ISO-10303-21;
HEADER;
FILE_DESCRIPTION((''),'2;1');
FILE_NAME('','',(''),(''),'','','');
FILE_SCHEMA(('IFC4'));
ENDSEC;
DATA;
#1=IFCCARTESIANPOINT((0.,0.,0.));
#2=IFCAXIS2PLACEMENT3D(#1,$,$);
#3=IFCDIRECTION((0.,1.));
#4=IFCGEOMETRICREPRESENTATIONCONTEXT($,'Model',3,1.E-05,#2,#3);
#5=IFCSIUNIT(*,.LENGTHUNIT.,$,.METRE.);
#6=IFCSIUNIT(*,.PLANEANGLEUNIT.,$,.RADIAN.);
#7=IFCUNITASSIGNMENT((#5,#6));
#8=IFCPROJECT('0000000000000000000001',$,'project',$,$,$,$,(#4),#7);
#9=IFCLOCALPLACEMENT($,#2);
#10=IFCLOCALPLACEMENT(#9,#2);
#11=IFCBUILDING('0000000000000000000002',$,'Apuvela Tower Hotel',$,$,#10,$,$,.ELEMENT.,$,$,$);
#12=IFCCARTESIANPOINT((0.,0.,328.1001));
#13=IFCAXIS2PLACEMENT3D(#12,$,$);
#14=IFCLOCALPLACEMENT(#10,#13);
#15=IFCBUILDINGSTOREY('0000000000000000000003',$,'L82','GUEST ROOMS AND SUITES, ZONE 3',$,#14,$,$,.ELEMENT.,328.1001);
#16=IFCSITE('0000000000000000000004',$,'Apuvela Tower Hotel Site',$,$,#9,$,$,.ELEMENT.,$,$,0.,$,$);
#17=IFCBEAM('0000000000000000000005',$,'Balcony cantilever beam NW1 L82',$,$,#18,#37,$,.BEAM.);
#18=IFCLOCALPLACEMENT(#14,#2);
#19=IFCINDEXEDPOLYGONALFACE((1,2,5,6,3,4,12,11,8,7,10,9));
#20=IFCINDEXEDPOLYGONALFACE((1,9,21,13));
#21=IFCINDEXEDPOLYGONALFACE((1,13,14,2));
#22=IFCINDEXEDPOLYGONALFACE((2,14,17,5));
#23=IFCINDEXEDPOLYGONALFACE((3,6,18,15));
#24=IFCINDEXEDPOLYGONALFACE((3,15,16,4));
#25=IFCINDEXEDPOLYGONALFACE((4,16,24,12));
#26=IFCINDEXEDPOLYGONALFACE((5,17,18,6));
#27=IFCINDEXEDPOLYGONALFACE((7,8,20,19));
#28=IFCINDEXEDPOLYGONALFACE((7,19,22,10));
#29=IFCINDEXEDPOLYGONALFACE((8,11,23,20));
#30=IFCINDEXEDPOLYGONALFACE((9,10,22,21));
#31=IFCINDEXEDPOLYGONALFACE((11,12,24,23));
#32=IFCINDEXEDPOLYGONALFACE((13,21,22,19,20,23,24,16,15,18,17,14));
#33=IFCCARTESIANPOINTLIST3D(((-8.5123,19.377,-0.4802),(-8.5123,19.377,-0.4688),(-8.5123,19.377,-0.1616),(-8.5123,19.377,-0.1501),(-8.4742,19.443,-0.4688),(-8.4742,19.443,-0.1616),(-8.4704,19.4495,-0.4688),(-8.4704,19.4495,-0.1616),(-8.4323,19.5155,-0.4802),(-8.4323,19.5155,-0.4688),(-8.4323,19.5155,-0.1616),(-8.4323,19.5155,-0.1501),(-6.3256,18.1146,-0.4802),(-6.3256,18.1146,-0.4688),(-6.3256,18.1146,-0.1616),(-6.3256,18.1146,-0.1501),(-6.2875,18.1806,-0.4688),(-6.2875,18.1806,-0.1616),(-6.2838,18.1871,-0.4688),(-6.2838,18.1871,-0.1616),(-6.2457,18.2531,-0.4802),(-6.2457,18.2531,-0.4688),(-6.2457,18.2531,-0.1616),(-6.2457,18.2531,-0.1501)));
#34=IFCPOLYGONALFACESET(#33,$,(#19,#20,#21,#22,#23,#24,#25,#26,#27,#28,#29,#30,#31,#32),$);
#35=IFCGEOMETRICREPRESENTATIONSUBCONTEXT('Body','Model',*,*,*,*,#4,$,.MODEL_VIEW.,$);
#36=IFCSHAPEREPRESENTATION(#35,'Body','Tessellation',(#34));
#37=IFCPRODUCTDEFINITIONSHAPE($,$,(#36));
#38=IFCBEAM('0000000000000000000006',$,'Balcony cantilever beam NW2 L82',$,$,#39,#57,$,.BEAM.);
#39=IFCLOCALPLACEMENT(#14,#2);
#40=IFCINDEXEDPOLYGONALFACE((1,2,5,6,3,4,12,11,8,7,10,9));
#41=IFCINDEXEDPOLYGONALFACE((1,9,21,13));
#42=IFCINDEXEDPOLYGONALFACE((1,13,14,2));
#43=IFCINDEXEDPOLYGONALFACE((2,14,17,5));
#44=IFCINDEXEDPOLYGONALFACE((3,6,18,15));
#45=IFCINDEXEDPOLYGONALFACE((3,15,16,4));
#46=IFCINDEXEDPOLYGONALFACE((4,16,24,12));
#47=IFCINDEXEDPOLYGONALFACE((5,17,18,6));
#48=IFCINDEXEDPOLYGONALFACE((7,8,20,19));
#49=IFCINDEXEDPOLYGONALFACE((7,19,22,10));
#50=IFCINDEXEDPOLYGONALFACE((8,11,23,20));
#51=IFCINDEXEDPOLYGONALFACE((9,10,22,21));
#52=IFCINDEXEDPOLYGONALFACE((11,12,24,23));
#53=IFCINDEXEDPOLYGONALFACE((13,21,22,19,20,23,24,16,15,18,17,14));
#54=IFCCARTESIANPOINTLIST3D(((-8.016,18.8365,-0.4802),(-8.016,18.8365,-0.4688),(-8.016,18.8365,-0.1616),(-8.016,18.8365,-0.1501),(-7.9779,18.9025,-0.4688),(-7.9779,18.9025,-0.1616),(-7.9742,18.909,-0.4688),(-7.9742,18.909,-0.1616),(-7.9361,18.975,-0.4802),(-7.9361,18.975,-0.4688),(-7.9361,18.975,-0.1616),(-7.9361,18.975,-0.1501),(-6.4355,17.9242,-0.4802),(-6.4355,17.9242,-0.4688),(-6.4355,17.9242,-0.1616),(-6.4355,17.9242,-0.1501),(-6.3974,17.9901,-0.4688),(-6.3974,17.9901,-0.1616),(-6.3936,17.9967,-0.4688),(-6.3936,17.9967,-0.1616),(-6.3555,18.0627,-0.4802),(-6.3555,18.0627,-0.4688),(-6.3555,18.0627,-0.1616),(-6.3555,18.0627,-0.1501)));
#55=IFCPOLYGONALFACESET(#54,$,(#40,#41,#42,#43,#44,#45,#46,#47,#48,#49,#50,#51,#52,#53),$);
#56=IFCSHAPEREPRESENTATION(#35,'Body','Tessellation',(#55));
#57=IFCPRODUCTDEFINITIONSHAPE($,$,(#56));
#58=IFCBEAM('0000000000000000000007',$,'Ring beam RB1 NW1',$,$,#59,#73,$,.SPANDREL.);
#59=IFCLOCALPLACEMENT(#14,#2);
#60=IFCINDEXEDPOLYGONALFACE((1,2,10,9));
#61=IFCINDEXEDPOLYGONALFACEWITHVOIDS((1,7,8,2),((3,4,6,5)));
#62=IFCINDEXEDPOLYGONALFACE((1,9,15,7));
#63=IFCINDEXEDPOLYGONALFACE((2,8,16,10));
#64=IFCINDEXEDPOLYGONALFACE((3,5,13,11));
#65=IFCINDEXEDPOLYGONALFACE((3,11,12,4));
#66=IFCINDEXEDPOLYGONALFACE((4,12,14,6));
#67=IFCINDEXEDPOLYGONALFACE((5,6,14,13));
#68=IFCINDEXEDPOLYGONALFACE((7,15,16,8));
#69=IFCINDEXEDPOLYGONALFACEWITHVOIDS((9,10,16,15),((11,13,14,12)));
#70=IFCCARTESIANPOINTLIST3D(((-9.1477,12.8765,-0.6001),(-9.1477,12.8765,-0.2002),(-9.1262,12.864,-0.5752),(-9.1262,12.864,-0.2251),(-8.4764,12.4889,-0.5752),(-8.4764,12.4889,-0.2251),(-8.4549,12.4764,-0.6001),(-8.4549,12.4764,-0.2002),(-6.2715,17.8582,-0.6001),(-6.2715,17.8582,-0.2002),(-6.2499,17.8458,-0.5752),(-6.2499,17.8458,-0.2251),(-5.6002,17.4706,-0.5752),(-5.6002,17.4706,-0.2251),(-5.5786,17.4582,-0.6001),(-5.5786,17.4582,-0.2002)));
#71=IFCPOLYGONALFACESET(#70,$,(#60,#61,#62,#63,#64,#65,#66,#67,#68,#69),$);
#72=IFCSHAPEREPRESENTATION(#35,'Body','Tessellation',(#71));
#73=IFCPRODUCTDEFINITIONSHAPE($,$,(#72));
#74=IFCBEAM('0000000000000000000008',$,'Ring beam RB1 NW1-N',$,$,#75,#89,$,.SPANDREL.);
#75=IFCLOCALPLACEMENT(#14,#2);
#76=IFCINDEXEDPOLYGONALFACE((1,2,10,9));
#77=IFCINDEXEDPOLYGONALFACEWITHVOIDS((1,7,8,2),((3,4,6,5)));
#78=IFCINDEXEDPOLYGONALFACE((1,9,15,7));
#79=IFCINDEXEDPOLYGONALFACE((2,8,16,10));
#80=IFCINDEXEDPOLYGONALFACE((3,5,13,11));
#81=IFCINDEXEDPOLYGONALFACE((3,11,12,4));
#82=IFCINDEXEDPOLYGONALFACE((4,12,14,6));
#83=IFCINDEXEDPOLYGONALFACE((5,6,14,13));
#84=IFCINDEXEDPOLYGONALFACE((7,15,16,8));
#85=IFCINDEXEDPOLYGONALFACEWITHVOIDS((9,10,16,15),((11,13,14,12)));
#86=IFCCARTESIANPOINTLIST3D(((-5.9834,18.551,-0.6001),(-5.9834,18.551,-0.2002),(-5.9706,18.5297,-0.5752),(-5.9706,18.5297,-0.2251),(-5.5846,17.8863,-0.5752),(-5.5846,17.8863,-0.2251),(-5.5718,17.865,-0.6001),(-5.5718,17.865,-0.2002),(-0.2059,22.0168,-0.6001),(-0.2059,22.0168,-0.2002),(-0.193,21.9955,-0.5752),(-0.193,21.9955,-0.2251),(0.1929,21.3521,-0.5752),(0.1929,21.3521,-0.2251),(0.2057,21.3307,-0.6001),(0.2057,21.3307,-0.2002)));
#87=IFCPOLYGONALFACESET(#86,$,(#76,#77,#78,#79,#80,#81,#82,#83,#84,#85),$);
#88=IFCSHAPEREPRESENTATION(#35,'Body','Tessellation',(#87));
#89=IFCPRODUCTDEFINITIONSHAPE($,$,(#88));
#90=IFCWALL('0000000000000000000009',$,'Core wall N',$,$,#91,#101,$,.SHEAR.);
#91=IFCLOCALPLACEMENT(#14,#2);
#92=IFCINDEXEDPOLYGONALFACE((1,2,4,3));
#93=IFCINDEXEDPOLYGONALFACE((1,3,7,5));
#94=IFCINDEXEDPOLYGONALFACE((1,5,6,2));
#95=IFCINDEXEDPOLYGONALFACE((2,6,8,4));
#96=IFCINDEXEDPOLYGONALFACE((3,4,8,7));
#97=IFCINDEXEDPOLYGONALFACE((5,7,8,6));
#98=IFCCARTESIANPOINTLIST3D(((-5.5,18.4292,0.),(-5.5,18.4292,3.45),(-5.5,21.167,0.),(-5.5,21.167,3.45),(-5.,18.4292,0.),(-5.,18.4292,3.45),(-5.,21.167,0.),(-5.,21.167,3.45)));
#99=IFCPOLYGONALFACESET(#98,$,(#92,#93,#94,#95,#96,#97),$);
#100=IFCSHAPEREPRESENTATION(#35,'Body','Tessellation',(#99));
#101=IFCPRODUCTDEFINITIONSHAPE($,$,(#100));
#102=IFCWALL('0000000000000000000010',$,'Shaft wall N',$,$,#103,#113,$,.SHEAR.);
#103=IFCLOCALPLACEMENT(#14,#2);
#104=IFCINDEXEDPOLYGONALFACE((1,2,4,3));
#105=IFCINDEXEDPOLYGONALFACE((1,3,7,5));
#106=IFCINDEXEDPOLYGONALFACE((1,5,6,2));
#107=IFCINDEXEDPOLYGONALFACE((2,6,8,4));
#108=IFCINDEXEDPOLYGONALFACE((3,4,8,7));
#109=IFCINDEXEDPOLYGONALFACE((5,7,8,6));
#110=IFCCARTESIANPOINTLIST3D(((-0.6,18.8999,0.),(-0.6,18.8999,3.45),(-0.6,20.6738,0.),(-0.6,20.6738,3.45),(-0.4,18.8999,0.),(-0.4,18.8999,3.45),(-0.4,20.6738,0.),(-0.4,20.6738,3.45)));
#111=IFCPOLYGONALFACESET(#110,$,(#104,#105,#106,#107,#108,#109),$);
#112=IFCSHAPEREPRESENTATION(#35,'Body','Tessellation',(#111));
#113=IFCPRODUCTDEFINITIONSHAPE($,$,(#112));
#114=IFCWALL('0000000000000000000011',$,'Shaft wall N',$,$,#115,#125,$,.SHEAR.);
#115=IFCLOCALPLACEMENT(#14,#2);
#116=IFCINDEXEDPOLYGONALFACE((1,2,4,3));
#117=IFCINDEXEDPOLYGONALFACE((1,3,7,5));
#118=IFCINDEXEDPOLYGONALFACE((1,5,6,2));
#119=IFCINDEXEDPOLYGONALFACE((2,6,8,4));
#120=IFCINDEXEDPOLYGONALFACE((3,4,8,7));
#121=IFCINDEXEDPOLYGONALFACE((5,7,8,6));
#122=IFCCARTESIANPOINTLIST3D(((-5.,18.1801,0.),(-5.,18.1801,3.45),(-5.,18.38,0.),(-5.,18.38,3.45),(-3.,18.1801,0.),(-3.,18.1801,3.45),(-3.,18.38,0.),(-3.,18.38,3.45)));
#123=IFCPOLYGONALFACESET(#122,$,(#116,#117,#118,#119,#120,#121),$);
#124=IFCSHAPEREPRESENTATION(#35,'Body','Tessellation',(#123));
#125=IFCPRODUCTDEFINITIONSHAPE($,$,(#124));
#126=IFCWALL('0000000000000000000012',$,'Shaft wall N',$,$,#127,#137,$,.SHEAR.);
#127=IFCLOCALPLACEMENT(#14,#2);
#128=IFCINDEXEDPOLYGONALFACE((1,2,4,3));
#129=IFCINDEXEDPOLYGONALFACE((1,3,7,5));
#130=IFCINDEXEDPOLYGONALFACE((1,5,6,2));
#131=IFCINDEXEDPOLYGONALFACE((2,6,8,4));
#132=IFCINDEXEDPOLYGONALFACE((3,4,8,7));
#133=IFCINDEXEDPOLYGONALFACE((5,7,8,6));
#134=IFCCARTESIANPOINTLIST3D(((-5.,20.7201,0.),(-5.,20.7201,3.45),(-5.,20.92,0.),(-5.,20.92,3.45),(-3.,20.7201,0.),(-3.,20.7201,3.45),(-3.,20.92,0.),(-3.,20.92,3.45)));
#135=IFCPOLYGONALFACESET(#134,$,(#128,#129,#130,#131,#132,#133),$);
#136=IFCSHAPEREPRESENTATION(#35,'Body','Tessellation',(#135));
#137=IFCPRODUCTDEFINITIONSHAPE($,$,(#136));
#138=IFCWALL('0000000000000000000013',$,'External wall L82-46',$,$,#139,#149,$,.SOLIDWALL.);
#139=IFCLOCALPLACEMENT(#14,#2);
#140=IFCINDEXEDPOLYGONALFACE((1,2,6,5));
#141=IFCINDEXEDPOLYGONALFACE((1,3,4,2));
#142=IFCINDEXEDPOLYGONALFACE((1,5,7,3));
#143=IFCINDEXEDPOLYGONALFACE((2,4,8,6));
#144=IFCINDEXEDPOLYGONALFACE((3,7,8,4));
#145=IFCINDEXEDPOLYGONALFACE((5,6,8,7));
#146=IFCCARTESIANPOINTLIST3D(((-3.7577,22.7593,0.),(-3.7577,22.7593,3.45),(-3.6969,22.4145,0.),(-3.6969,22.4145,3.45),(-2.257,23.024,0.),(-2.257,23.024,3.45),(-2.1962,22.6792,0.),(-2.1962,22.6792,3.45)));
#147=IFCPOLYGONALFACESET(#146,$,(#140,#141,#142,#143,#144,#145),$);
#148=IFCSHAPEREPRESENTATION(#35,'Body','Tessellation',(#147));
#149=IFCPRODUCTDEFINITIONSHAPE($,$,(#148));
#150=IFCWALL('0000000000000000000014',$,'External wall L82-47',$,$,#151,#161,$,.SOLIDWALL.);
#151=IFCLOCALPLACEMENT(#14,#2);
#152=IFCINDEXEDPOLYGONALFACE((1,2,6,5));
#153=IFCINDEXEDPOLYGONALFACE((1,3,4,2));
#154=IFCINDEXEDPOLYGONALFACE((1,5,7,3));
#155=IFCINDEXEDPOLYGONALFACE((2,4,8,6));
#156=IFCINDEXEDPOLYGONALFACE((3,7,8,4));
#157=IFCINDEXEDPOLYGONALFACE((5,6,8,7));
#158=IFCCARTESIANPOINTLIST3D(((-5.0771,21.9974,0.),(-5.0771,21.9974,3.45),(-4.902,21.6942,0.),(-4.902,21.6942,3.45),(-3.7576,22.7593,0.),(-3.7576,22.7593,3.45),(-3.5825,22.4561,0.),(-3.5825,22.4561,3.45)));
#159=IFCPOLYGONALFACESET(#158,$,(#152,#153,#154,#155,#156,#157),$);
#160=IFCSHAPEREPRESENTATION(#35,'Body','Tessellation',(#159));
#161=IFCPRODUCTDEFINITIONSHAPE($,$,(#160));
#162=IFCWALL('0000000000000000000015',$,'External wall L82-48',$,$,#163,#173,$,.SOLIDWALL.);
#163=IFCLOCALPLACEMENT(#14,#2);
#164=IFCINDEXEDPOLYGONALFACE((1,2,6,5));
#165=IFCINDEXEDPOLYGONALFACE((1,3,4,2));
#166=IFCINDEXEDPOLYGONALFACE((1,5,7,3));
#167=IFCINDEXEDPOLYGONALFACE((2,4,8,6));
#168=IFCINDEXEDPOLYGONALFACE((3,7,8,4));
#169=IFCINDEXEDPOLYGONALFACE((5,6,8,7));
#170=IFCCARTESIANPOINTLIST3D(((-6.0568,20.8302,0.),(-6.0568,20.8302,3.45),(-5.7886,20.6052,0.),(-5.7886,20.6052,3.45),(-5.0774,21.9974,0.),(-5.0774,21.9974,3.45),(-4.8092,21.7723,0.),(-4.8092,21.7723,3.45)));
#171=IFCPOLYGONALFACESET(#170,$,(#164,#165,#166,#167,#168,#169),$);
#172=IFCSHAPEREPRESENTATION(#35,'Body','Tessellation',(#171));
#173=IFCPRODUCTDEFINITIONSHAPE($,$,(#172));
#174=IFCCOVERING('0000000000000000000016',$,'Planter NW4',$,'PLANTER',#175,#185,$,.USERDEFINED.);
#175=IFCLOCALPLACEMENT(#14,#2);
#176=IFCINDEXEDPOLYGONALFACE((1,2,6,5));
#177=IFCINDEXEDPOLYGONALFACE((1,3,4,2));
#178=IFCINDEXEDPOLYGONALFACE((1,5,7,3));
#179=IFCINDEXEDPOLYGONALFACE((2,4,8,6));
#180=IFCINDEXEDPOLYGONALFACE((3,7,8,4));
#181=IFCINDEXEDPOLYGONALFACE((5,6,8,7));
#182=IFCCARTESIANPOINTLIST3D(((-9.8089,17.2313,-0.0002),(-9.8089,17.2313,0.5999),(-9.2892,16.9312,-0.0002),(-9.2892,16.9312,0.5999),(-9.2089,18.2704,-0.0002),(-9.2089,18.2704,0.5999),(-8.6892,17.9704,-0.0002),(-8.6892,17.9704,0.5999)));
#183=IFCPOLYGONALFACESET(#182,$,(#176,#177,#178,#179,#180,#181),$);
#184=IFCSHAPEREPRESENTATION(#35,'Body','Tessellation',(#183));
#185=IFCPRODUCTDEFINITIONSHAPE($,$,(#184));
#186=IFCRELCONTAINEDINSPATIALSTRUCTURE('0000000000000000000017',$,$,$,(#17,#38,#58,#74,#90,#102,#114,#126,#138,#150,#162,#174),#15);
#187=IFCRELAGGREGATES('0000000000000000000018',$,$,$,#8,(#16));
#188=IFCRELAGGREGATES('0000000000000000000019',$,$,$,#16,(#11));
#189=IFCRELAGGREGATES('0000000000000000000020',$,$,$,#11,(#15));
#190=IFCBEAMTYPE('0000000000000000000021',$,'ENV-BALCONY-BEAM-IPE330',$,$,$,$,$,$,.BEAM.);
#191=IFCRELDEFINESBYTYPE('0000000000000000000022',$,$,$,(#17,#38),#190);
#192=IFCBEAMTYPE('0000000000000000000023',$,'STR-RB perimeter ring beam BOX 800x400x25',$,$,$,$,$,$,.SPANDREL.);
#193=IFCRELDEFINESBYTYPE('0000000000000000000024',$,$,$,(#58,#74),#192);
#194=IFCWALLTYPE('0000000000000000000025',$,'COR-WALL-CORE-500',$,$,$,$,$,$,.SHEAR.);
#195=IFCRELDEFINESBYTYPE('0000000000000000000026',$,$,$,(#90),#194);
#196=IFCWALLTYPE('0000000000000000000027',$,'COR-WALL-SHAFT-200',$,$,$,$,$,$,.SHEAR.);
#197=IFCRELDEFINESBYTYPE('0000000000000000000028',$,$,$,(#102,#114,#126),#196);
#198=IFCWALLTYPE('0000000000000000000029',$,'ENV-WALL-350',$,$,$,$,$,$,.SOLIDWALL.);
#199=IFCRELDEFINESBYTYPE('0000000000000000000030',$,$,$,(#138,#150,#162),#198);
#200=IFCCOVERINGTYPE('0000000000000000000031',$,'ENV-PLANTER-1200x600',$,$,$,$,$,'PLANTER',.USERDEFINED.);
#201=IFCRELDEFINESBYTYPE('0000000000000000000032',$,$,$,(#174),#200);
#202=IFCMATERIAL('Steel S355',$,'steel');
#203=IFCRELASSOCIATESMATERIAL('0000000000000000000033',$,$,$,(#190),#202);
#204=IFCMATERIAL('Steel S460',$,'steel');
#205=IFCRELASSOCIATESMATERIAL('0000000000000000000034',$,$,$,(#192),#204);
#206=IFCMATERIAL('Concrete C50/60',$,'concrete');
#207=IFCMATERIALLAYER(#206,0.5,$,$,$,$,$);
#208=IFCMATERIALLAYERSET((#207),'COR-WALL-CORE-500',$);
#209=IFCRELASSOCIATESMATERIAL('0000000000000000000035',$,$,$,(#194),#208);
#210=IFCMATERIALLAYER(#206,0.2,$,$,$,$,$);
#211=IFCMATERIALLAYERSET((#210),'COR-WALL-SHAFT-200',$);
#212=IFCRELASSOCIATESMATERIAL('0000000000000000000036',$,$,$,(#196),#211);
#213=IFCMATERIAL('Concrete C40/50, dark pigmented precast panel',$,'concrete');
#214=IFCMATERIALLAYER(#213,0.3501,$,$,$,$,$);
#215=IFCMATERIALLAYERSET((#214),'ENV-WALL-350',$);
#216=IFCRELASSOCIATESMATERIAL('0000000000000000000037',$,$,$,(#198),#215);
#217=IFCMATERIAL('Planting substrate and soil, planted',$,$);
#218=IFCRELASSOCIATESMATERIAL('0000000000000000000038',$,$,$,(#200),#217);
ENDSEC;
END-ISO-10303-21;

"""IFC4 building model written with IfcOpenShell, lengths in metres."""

from ifc_helpers import new_model, si_unit, direction, frame, frame_2d, origin, origin_2d, place, context, subcontext, project, spatial, rectangle, hollow_rectangle, i_section, extrude, material, layer, layer_set, material_profile, profile_set, type_object, element, save


model = new_model("IFC4")

# Units and contexts
model_context = context("Model", 3, precision=1e-05, world=origin(), true_north=direction((0.0, 1.0)))
body_context = subcontext(model_context, "Body", "Model", "MODEL_VIEW")
ifc_project = project(units=[si_unit("LENGTHUNIT", "METRE"), si_unit("PLANEANGLEUNIT", "RADIAN")], contexts=[model_context])

# Site, building, storey
site_placement = place(None, origin())
site = spatial("IfcSite", under=ifc_project, at=site_placement, Name="Apuvela Tower Hotel Site", CompositionType="ELEMENT", RefElevation=0.0)
building_placement = place(site_placement, origin())
building = spatial("IfcBuilding", under=site, at=building_placement, Name="Apuvela Tower Hotel", CompositionType="ELEMENT")
storey_placement = place(building_placement, frame((0.0, 0.0, 328.1001)))
storey = spatial("IfcBuildingStorey", under=building, at=storey_placement, Name="L82", Description="GUEST ROOMS AND SUITES, ZONE 3", CompositionType="ELEMENT", Elevation=328.1001)

# Shared definitions
ifc_material_1 = material(Name="Steel S460", Category="steel")

# Beams
ifc_material_2 = material(Name="Steel S355", Category="steel")
ifc_material_profile_1 = material_profile(ifc_material_2, i_section(OverallWidth=0.1599, OverallDepth=0.3301, WebThickness=0.0076, FlangeThickness=0.0115, at=origin_2d()), Name="IPE 330")
ifc_profile_set_1 = profile_set([ifc_material_profile_1], Name="Steel S355")
beam_type_1 = type_object("IfcBeamType", Name="ENV-BALCONY-BEAM-IPE330", PredefinedType="BEAM", material=ifc_profile_set_1)
beam_1_placement = place(storey_placement, frame((-6.2856, 18.1838, -0.3152), z_axis=(-0.866039, 0.499976, 0.0), x_axis=(-0.499976, -0.866039, 0.0)))
element("IfcBeam", 1, at=beam_1_placement, inside=storey, type_object=beam_type_1, Name="Balcony cantilever beam NW1 L82", PredefinedType="BEAM", context=body_context, shape_type="SweptSolid", body=[
    extrude(i_section(OverallWidth=0.1599, OverallDepth=0.3301, WebThickness=0.0076, FlangeThickness=0.0115, at=origin_2d()), origin(), (0.0, 0.0, 1.0), 2.5249),
])
beam_2_placement = place(storey_placement, frame((-6.3955, 17.9934, -0.3152), z_axis=(-0.86607, 0.499923, 0.0), x_axis=(-0.499923, -0.86607, 0.0)))
element("IfcBeam", 2, at=beam_2_placement, inside=storey, type_object=beam_type_1, Name="Balcony cantilever beam NW2 L82", PredefinedType="BEAM", context=body_context, shape_type="SweptSolid", body=[
    extrude(i_section(OverallWidth=0.1599, OverallDepth=0.3301, WebThickness=0.0076, FlangeThickness=0.0115, at=origin_2d()), origin(), (0.0, 0.0, 1.0), 1.825),
])
ifc_material_profile_2 = material_profile(ifc_material_1, hollow_rectangle(XDim=0.8, YDim=0.3999, WallThickness=0.0249, at=origin_2d()), Name="BOX 800x400x25")
ifc_profile_set_2 = profile_set([ifc_material_profile_2], Name="Steel S460")
beam_type_2 = type_object("IfcBeamType", Name="STR-RB perimeter ring beam BOX 800x400x25", PredefinedType="SPANDREL", material=ifc_profile_set_2)
beam_3_placement = place(storey_placement, frame((-5.925, 17.6582, -0.4001), z_axis=(-0.500005, -0.866022, 0.0), x_axis=(0.866022, -0.500005, 0.0)))
element("IfcBeam", 3, at=beam_3_placement, inside=storey, type_object=beam_type_2, Name="Ring beam RB1 NW1", PredefinedType="SPANDREL", context=body_context, shape_type="SweptSolid", body=[
    extrude(hollow_rectangle(XDim=0.8, YDim=0.3999, WallThickness=0.0249, at=origin_2d()), origin(), (0.0, 0.0, 1.0), 5.7524),
])
beam_4_placement = place(storey_placement, frame((-5.7776, 18.208, -0.4001), z_axis=(0.857541, 0.514416, 0.0), x_axis=(-0.514416, 0.857541, 0.0)))
element("IfcBeam", 4, at=beam_4_placement, inside=storey, type_object=beam_type_2, Name="Ring beam RB1 NW1-N", PredefinedType="SPANDREL", context=body_context, shape_type="SweptSolid", body=[
    extrude(hollow_rectangle(XDim=0.8, YDim=0.3999, WallThickness=0.0249, at=origin_2d()), origin(), (0.0, 0.0, 1.0), 6.7373),
])

# Walls
ifc_material_3 = material(Name="Concrete C50/60", Category="concrete")
ifc_layer_1 = layer(ifc_material_3, 0.5)
ifc_layer_set_1 = layer_set([ifc_layer_1], Name="COR-WALL-CORE-500")
wall_type_1 = type_object("IfcWallType", Name="COR-WALL-CORE-500", PredefinedType="SHEAR", material=ifc_layer_set_1)
wall_1_placement = place(storey_placement, frame((-5.25, 18.4292, 0.0), z_axis=(0.0, 0.0, 1.0), x_axis=(0.0, 1.0, 0.0)))
element("IfcWall", 5, at=wall_1_placement, inside=storey, type_object=wall_type_1, Name="Core wall N", PredefinedType="SHEAR", context=body_context, shape_type="SweptSolid", body=[
    extrude(rectangle(XDim=2.7378, YDim=0.5, at=frame_2d((1.3689, 0.0))), origin(), (0.0, 0.0, 1.0), 3.45),
])
ifc_layer_2 = layer(ifc_material_3, 0.2)
ifc_layer_set_2 = layer_set([ifc_layer_2], Name="COR-WALL-SHAFT-200")
wall_type_2 = type_object("IfcWallType", Name="COR-WALL-SHAFT-200", PredefinedType="SHEAR", material=ifc_layer_set_2)
wall_2_placement = place(storey_placement, frame((-0.5, 18.8999, 0.0), z_axis=(0.0, 0.0, 1.0), x_axis=(0.0, 1.0, 0.0)))
element("IfcWall", 6, at=wall_2_placement, inside=storey, type_object=wall_type_2, Name="Shaft wall N", PredefinedType="SHEAR", context=body_context, shape_type="SweptSolid", body=[
    extrude(rectangle(XDim=1.7739, YDim=0.2, at=frame_2d((0.887, 0.0))), origin(), (0.0, 0.0, 1.0), 3.45),
])
for number, where, z_axis, x_axis, name in (
    (7, (-3.0, 18.28, 0.0), (0.0, 0.0, 1.0), (-1.0, 0.0, 0.0), "Shaft wall N"),
    (8, (-3.0, 20.8201, 0.0), (0.0, 0.0, 1.0), (-1.0, 0.0, 0.0), "Shaft wall N"),
):
    element("IfcWall", number, at=place(storey_placement, frame(where, z_axis=z_axis, x_axis=x_axis)), inside=storey, type_object=wall_type_2, Name=name, PredefinedType="SHEAR", context=body_context, shape_type="SweptSolid", body=[
        extrude(rectangle(XDim=2.0, YDim=0.2, at=frame_2d((1.0, 0.0))), origin(), (0.0, 0.0, 1.0), 3.45),
    ])

# Shared definitions
ifc_material_4 = material(Name="Concrete C40/50, dark pigmented precast panel", Category="concrete")
ifc_layer_3 = layer(ifc_material_4, 0.3501)
ifc_layer_set_3 = layer_set([ifc_layer_3], Name="ENV-WALL-350")
wall_type_3 = type_object("IfcWallType", Name="ENV-WALL-350", PredefinedType="SOLIDWALL", material=ifc_layer_set_3)

# Walls
wall_3_placement = place(storey_placement, frame((-2.2266, 22.8516, 0.0), z_axis=(0.0, 0.0, 1.0), x_axis=(-0.984805, -0.173667, 0.0)))
element("IfcWall", 9, at=wall_3_placement, inside=storey, type_object=wall_type_3, Name="External wall L82-46", PredefinedType="SOLIDWALL", context=body_context, shape_type="SweptSolid", body=[
    extrude(rectangle(XDim=1.5239, YDim=0.3501, at=frame_2d((0.762, 0.0))), origin(), (0.0, 0.0, 1.0), 3.45),
])
for number, where, z_axis, x_axis, name in (
    (10, (-3.6702, 22.6077, 0.0), (0.0, 0.0, 1.0), (-0.865996, -0.500051, 0.0), "External wall L82-47"),
    (11, (-4.9434, 21.8848, 0.0), (0.0, 0.0, 1.0), (-0.642812, -0.766024, 0.0), "External wall L82-48"),
):
    element("IfcWall", number, at=place(storey_placement, frame(where, z_axis=z_axis, x_axis=x_axis)), inside=storey, type_object=wall_type_3, Name=name, PredefinedType="SOLIDWALL", context=body_context, shape_type="SweptSolid", body=[
        extrude(rectangle(XDim=1.5237, YDim=0.3501, at=frame_2d((0.7617, 0.0))), origin(), (0.0, 0.0, 1.0), 3.45),
    ])

# Covering
ifc_material_5 = material(Name="Planting substrate and soil, planted")
covering_type = type_object("IfcCoveringType", Name="ENV-PLANTER-1200x600", ElementType="PLANTER", PredefinedType="USERDEFINED", material=ifc_material_5)
covering_placement = place(storey_placement, frame((-9.249, 17.6008, -0.0002), z_axis=(0.0, 0.0, 1.0), x_axis=(-0.5, -0.866025, 0.0)))
element("IfcCovering", 12, at=covering_placement, inside=storey, type_object=covering_type, Name="Planter NW4", ObjectType="PLANTER", PredefinedType="USERDEFINED", context=body_context, shape_type="SweptSolid", body=[
    extrude(rectangle(XDim=1.2, YDim=0.6001, at=origin_2d()), origin(), (0.0, 0.0, 1.0), 0.6001),
])

save(model, "model.ifc")
